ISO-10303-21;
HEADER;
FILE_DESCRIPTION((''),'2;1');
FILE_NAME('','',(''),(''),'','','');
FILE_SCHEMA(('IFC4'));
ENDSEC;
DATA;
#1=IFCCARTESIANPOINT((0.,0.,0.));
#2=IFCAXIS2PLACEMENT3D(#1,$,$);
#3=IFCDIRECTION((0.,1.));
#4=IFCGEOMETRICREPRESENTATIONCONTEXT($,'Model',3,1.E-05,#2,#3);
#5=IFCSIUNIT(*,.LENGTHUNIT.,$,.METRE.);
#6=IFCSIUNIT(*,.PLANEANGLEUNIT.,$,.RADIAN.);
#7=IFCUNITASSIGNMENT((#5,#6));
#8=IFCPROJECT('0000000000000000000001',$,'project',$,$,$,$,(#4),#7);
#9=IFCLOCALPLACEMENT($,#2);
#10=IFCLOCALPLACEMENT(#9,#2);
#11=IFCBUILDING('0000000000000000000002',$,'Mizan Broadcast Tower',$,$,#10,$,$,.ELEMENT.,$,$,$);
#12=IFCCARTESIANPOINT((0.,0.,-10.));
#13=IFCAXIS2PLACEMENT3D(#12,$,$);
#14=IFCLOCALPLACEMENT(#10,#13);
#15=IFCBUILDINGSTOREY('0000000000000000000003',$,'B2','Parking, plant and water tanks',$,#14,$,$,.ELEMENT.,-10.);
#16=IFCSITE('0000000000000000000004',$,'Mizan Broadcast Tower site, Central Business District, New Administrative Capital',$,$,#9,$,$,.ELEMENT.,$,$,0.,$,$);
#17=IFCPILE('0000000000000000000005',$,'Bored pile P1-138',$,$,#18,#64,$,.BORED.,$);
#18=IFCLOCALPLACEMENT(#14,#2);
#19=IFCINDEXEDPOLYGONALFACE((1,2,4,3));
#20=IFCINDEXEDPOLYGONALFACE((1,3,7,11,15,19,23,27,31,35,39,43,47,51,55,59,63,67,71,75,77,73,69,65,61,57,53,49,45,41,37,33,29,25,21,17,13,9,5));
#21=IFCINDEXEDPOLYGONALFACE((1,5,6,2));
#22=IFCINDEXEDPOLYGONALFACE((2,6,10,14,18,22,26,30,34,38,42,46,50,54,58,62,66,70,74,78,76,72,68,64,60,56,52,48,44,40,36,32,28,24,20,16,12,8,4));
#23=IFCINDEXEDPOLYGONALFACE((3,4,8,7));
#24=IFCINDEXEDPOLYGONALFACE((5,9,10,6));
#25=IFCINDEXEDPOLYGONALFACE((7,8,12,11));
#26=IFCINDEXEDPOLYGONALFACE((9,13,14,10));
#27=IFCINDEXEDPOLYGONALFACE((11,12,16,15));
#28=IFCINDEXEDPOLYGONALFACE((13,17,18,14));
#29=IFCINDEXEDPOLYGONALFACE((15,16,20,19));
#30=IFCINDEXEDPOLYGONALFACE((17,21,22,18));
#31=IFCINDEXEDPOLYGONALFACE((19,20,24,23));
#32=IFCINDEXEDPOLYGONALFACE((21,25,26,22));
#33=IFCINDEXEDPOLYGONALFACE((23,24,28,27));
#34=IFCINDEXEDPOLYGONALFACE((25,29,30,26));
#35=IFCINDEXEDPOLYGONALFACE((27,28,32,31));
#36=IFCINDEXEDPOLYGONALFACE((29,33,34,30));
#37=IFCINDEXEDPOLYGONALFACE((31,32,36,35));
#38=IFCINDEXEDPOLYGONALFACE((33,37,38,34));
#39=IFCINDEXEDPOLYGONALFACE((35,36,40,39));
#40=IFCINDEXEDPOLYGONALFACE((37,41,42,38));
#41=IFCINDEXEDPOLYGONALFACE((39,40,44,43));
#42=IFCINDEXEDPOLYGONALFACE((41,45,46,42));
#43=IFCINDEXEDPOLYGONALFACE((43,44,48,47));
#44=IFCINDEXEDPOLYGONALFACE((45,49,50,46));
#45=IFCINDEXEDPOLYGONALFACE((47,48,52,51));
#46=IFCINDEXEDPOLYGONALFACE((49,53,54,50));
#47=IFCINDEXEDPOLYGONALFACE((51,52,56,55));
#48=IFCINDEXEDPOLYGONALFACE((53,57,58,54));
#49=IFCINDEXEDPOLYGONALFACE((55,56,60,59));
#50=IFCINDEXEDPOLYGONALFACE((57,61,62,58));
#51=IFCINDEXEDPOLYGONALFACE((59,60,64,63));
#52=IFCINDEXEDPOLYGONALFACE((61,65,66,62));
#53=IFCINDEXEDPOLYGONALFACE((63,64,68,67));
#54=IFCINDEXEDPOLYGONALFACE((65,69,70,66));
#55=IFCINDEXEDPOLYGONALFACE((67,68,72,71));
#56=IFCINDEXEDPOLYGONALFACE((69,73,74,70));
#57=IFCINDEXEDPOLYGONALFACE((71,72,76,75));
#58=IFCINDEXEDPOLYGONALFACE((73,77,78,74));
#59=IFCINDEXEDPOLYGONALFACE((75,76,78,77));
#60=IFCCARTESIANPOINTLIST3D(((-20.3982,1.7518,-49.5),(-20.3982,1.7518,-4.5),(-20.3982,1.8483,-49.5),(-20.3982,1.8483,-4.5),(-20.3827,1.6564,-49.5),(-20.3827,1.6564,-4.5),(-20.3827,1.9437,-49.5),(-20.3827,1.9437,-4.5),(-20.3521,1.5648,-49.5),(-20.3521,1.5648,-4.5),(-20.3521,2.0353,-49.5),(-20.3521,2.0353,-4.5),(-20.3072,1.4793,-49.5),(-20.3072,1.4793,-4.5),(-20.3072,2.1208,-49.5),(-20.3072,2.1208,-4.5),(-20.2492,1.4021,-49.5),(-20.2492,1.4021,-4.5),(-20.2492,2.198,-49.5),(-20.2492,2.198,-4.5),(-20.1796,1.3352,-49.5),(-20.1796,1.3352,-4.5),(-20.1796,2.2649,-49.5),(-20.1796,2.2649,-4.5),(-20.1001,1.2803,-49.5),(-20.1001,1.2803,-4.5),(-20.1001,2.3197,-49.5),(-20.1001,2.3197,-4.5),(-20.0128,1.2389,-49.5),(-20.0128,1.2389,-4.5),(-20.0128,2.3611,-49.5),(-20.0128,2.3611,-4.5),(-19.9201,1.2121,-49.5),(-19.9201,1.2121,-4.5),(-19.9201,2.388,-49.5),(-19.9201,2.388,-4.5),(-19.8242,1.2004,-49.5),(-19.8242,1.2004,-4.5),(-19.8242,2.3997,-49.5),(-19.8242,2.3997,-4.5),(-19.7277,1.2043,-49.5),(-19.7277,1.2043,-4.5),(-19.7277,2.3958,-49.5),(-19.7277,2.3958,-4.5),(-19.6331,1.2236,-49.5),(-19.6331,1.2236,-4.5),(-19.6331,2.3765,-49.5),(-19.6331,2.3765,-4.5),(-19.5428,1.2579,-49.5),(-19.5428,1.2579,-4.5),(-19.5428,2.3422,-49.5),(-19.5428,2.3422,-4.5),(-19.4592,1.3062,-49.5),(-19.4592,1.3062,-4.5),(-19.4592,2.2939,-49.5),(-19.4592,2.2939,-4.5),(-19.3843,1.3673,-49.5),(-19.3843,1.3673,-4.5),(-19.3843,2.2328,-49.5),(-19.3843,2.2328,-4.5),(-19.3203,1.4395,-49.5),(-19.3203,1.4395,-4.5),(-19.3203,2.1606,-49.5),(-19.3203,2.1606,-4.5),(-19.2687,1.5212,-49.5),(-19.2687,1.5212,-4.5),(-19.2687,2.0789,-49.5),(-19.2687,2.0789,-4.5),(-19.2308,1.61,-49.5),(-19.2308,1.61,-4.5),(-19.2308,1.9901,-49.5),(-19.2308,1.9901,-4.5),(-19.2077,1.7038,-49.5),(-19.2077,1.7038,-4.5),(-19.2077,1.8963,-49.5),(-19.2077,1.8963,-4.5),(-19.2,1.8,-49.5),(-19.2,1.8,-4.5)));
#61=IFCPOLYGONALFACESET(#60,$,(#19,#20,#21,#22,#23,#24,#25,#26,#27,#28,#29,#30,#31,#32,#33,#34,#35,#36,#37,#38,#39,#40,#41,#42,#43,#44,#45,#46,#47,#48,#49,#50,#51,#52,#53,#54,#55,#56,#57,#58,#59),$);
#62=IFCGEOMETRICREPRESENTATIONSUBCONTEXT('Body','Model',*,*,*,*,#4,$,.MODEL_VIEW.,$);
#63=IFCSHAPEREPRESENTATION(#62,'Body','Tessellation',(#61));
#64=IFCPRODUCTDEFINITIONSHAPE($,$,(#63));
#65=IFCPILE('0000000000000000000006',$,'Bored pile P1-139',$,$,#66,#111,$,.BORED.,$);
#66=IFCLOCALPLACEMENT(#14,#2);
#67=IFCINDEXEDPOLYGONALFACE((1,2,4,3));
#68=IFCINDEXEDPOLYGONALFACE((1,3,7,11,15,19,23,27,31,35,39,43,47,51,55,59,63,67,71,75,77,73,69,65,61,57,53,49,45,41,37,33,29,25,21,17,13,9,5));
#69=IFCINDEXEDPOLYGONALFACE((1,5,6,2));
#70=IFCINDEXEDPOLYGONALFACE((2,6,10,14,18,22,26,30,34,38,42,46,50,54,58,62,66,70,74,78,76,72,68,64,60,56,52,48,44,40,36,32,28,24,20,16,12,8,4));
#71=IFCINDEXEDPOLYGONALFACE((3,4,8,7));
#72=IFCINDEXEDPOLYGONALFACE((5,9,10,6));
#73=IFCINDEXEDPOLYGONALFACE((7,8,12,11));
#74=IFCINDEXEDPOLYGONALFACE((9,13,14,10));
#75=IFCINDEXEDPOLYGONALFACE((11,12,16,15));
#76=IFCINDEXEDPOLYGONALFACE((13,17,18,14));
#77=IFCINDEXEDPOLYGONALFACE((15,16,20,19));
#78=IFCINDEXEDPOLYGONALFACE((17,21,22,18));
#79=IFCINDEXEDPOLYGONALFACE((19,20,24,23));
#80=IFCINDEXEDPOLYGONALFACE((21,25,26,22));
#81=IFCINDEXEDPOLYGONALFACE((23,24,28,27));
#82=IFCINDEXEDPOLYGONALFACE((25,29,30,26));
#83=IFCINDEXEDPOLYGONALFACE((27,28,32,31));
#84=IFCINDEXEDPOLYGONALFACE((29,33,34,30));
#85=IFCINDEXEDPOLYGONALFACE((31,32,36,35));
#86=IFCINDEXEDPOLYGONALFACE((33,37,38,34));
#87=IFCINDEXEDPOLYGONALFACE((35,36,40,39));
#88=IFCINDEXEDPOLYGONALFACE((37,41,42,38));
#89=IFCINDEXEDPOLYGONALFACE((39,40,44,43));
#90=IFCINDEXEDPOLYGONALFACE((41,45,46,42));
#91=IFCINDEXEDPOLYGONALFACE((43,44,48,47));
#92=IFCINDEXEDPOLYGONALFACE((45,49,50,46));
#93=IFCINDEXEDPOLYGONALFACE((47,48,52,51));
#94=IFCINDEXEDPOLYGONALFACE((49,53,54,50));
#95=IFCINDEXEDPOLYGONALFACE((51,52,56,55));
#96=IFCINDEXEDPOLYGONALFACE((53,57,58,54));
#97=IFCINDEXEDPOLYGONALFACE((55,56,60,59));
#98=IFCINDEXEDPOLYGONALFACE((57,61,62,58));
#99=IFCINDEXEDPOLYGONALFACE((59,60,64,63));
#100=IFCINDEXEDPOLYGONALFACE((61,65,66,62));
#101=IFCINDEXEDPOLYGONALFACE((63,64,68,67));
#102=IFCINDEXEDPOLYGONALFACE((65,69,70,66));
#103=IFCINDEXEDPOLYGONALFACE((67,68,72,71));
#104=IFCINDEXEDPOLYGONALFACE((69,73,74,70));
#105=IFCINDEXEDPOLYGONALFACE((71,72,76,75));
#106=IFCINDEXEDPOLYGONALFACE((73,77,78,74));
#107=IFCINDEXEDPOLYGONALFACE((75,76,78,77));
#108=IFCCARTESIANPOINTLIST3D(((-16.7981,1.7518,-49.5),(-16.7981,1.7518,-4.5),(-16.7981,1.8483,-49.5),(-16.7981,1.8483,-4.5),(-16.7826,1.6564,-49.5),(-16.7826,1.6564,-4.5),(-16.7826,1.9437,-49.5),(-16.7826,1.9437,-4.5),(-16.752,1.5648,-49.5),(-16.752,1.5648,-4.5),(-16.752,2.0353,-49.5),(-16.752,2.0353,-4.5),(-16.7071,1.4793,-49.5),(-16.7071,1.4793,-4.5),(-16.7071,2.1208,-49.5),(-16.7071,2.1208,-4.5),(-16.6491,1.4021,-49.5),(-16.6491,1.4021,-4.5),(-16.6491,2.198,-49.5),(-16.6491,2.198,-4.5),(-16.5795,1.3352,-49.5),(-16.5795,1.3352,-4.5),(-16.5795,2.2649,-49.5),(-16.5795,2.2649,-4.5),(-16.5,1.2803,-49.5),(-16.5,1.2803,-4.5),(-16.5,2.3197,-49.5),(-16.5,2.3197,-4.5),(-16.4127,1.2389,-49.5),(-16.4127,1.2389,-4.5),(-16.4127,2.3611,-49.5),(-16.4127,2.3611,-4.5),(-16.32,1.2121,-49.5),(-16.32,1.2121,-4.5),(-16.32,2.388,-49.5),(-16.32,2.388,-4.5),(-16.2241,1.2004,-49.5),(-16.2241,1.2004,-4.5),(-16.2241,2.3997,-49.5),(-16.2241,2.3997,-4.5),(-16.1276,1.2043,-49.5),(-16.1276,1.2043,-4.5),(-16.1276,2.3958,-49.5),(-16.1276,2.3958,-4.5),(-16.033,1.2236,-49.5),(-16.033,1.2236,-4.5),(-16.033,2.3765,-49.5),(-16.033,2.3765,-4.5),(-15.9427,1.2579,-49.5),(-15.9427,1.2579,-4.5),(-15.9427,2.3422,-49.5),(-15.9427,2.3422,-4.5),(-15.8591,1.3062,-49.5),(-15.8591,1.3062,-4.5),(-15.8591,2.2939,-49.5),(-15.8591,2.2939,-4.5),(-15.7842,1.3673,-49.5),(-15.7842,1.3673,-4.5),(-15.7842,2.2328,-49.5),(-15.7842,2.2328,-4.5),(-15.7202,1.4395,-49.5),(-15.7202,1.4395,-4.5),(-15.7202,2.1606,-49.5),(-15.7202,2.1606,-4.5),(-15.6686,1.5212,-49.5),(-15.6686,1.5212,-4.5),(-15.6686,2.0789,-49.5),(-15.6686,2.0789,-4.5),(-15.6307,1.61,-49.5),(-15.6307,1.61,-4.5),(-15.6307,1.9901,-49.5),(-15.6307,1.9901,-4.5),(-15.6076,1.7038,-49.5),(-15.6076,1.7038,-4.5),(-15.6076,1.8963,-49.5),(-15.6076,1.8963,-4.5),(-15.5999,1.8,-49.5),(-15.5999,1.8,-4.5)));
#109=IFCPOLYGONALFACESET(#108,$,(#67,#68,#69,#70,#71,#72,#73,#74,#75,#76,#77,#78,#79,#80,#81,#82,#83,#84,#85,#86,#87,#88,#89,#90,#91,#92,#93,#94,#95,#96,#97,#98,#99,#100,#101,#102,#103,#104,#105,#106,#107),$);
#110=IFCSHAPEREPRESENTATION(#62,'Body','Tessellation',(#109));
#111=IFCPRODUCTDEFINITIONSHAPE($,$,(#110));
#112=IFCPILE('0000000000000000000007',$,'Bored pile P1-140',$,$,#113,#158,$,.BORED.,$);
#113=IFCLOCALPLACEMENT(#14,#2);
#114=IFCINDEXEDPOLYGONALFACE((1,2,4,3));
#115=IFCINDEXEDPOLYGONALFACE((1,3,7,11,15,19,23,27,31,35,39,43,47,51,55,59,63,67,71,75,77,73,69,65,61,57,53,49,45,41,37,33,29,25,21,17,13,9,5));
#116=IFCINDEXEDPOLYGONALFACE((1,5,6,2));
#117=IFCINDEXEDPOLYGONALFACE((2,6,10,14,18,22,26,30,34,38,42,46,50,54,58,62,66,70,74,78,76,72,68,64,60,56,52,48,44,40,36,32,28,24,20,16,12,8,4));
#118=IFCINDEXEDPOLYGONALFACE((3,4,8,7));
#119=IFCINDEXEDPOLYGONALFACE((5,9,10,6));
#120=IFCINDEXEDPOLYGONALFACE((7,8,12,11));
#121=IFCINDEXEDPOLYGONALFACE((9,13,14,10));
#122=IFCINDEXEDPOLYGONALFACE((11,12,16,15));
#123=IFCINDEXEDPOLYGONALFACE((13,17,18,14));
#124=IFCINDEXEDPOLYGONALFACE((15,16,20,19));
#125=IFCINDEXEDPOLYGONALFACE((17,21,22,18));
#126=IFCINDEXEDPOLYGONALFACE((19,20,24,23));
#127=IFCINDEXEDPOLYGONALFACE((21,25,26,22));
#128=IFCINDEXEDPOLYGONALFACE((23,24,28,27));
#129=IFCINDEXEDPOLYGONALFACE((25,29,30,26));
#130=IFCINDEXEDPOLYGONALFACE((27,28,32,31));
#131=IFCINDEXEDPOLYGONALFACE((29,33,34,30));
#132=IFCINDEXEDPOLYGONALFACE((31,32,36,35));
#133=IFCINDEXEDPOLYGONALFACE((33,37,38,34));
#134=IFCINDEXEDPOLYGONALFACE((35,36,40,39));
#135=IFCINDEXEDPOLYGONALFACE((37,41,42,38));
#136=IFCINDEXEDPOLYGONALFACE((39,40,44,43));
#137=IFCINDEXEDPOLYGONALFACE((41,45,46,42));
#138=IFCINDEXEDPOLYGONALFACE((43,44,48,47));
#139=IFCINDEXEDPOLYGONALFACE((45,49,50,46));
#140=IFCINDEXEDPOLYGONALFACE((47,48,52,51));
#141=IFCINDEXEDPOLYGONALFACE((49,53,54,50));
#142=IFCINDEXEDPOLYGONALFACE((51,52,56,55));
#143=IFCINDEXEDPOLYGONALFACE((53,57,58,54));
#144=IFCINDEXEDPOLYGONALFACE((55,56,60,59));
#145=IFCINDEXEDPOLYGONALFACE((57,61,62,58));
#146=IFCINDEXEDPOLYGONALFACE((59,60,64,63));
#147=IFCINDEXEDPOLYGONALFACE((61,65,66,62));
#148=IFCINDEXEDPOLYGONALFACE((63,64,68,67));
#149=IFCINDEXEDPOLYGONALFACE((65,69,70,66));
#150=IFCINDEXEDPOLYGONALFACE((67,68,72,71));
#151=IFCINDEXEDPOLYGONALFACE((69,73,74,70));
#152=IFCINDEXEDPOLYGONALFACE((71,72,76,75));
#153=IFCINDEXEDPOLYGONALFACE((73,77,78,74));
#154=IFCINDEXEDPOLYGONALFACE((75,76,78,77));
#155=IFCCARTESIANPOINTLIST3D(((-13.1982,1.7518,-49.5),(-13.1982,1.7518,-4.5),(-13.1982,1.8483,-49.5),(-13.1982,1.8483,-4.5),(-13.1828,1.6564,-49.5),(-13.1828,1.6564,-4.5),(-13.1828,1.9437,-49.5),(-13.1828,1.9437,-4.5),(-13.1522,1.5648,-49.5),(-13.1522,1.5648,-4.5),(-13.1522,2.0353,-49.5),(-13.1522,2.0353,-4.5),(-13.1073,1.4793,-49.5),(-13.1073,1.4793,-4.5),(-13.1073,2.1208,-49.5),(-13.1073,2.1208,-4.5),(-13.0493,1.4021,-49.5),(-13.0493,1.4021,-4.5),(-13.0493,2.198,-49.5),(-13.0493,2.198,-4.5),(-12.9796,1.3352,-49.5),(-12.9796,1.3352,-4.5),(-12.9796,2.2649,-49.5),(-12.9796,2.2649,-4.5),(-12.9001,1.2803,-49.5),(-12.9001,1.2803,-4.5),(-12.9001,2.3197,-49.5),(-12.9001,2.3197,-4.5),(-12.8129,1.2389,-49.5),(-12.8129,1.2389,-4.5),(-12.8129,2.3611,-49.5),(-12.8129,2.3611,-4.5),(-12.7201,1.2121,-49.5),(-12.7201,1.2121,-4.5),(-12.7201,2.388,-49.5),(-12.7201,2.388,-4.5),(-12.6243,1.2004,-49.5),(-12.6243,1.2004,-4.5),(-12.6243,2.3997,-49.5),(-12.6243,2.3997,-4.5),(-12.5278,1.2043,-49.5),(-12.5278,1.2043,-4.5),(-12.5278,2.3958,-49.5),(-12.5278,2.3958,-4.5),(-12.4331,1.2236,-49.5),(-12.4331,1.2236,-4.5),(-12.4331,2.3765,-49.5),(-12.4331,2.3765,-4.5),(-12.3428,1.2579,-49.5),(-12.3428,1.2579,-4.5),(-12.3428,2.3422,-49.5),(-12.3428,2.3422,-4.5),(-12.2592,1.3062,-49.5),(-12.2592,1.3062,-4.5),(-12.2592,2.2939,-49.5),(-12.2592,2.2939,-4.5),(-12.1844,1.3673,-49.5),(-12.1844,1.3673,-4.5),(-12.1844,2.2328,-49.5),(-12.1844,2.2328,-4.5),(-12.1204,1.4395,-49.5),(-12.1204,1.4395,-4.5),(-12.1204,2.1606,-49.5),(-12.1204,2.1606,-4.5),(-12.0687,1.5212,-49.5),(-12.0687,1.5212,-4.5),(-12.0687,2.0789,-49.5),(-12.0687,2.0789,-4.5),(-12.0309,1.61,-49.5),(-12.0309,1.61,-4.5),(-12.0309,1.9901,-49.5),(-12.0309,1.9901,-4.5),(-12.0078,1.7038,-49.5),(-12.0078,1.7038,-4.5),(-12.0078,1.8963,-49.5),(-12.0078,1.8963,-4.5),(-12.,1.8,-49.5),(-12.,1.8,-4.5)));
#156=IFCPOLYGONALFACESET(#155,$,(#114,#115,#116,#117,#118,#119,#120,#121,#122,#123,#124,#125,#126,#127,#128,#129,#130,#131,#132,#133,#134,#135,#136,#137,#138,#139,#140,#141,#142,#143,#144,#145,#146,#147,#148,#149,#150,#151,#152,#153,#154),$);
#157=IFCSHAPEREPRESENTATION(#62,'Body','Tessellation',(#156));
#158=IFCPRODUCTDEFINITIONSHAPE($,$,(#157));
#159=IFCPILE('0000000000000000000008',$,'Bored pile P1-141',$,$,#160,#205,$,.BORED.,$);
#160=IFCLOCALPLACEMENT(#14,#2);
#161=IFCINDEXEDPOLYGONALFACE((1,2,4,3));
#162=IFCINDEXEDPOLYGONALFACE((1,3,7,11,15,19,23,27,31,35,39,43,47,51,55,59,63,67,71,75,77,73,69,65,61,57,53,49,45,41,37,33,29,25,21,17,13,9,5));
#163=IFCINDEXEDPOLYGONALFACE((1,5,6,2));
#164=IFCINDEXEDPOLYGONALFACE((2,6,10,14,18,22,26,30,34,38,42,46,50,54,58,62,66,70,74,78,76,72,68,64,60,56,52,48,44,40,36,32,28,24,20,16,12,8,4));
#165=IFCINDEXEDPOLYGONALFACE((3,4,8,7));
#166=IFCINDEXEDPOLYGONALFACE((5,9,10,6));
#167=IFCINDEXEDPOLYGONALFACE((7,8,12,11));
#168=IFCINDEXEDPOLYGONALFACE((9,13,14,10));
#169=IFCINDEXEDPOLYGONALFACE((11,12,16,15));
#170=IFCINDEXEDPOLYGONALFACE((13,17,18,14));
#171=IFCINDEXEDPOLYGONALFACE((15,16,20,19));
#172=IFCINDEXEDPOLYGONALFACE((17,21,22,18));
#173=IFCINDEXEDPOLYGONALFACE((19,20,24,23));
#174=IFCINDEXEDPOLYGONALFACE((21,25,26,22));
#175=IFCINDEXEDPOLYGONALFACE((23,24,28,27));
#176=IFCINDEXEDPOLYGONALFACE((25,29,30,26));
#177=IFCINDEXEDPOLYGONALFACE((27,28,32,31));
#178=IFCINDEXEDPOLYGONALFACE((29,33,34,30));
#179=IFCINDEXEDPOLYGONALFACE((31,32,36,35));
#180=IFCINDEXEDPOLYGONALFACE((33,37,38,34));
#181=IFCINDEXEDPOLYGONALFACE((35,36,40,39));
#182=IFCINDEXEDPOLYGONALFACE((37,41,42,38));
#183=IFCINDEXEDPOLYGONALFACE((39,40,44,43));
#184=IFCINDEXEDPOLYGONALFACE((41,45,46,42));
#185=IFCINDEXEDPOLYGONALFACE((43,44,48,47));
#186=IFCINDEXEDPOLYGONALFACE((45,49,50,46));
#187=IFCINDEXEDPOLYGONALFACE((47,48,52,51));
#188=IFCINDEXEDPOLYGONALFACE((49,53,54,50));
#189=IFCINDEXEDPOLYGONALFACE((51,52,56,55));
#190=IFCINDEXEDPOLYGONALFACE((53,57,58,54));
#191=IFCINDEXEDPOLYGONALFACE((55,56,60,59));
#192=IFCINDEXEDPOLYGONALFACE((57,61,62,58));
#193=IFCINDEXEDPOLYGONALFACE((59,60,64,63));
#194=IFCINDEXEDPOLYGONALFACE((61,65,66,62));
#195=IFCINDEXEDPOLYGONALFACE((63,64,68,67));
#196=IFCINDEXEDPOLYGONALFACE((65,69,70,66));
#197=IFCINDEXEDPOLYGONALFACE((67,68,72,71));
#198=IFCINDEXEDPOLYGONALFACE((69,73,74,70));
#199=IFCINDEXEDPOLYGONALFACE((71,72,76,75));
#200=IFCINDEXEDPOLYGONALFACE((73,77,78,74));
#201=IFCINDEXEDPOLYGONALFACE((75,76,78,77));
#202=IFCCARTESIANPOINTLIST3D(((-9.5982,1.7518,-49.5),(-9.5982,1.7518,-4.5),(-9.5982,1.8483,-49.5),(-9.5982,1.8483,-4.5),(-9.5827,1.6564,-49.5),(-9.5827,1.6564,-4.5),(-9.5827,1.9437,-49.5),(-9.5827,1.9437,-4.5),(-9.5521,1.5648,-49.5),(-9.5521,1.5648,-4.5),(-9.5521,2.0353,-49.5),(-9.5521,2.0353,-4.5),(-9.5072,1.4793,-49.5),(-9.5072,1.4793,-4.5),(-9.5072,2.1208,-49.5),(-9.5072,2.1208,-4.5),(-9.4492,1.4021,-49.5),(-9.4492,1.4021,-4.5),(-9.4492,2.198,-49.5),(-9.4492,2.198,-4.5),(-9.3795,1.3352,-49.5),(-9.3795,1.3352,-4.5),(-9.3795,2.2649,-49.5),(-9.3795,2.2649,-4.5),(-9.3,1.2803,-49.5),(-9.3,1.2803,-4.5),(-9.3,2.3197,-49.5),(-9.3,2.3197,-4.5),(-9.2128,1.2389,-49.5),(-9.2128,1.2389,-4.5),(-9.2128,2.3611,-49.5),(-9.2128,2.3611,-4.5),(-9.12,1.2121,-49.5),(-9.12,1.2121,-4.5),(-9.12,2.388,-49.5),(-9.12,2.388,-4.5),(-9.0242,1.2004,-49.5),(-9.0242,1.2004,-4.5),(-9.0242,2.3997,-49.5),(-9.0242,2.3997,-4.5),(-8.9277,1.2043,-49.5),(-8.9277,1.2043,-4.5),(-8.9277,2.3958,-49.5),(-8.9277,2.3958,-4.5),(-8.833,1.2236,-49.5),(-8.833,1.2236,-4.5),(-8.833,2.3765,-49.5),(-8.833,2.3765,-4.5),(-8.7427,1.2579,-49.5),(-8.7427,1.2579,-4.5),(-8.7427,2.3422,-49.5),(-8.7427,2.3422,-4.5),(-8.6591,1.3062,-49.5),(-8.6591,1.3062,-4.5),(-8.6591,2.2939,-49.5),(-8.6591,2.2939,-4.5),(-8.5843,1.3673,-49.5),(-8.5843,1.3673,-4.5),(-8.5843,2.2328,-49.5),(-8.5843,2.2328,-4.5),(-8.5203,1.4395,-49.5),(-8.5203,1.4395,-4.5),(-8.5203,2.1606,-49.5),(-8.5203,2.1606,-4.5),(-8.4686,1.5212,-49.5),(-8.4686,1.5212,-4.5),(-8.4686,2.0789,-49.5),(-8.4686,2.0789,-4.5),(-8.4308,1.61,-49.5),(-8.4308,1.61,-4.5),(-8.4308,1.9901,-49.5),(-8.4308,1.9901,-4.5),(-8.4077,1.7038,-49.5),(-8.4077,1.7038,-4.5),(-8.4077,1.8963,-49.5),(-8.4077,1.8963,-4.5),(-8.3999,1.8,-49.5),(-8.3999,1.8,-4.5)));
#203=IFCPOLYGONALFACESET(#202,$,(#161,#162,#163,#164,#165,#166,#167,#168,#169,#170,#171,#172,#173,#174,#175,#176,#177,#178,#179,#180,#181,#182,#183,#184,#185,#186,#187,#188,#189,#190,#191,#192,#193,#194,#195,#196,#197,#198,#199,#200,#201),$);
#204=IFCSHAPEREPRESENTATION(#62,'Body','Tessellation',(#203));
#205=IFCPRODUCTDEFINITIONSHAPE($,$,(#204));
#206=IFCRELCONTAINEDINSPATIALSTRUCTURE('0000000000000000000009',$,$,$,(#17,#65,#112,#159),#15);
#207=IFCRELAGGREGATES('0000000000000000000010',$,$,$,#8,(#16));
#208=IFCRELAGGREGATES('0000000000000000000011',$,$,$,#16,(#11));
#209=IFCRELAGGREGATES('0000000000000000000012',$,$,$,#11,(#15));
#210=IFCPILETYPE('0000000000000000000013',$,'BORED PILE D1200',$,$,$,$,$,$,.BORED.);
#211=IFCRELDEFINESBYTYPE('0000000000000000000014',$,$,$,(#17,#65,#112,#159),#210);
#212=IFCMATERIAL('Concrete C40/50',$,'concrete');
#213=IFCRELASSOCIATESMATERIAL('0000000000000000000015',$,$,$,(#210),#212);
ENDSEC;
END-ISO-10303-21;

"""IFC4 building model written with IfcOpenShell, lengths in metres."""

from ifc_helpers import new_model, si_unit, direction, frame, origin, origin_2d, place, context, subcontext, project, spatial, circle, extrude, material, material_profile, profile_set, type_object, element, save


model = new_model("IFC4")

# Units and contexts
model_context = context("Model", 3, precision=1e-05, world=origin(), true_north=direction((0.0, 1.0)))
body_context = subcontext(model_context, "Body", "Model", "MODEL_VIEW")
ifc_project = project(units=[si_unit("LENGTHUNIT", "METRE"), si_unit("PLANEANGLEUNIT", "RADIAN")], contexts=[model_context])

# Site, building, storey
site_placement = place(None, origin())
site = spatial("IfcSite", under=ifc_project, at=site_placement, Name="Mizan Broadcast Tower site, Central Business District, New Administrative Capital", CompositionType="ELEMENT", RefElevation=0.0)
building_placement = place(site_placement, origin())
building = spatial("IfcBuilding", under=site, at=building_placement, Name="Mizan Broadcast Tower", CompositionType="ELEMENT")
storey_placement = place(building_placement, frame((0.0, 0.0, -10.0)))
storey = spatial("IfcBuildingStorey", under=building, at=storey_placement, Name="B2", Description="Parking, plant and water tanks", CompositionType="ELEMENT", Elevation=-10.0)

# Piles
ifc_material_1 = material(Name="Concrete C40/50", Category="concrete")
ifc_material_profile_1 = material_profile(ifc_material_1, circle(Radius=0.6001, at=origin_2d()), Name="D1200")
ifc_profile_set_1 = profile_set([ifc_material_profile_1], Name="Concrete C40/50")
pile_type = type_object("IfcPileType", Name="BORED PILE D1200", PredefinedType="BORED", material=ifc_profile_set_1)
for number, where, z_axis, x_axis, name in (
    (1, (-19.8, 1.8, -4.5), (0.0, 0.0, -1.0), (1.0, 0.0, 0.0), "Bored pile P1-138"),
    (2, (-16.2, 1.8, -4.5), (0.0, 0.0, -1.0), (1.0, 0.0, 0.0), "Bored pile P1-139"),
    (3, (-12.6001, 1.8, -4.5), (0.0, 0.0, -1.0), (1.0, 0.0, 0.0), "Bored pile P1-140"),
    (4, (-9.0, 1.8, -4.5), (0.0, 0.0, -1.0), (1.0, 0.0, 0.0), "Bored pile P1-141"),
):
    element("IfcPile", number, at=place(storey_placement, frame(where, z_axis=z_axis, x_axis=x_axis)), inside=storey, type_object=pile_type, Name=name, PredefinedType="BORED", context=body_context, shape_type="SweptSolid", body=[
        extrude(circle(Radius=0.6001, at=origin_2d()), origin(), (0.0, 0.0, 1.0), 45.0),
    ])

save(model, "model.ifc")
